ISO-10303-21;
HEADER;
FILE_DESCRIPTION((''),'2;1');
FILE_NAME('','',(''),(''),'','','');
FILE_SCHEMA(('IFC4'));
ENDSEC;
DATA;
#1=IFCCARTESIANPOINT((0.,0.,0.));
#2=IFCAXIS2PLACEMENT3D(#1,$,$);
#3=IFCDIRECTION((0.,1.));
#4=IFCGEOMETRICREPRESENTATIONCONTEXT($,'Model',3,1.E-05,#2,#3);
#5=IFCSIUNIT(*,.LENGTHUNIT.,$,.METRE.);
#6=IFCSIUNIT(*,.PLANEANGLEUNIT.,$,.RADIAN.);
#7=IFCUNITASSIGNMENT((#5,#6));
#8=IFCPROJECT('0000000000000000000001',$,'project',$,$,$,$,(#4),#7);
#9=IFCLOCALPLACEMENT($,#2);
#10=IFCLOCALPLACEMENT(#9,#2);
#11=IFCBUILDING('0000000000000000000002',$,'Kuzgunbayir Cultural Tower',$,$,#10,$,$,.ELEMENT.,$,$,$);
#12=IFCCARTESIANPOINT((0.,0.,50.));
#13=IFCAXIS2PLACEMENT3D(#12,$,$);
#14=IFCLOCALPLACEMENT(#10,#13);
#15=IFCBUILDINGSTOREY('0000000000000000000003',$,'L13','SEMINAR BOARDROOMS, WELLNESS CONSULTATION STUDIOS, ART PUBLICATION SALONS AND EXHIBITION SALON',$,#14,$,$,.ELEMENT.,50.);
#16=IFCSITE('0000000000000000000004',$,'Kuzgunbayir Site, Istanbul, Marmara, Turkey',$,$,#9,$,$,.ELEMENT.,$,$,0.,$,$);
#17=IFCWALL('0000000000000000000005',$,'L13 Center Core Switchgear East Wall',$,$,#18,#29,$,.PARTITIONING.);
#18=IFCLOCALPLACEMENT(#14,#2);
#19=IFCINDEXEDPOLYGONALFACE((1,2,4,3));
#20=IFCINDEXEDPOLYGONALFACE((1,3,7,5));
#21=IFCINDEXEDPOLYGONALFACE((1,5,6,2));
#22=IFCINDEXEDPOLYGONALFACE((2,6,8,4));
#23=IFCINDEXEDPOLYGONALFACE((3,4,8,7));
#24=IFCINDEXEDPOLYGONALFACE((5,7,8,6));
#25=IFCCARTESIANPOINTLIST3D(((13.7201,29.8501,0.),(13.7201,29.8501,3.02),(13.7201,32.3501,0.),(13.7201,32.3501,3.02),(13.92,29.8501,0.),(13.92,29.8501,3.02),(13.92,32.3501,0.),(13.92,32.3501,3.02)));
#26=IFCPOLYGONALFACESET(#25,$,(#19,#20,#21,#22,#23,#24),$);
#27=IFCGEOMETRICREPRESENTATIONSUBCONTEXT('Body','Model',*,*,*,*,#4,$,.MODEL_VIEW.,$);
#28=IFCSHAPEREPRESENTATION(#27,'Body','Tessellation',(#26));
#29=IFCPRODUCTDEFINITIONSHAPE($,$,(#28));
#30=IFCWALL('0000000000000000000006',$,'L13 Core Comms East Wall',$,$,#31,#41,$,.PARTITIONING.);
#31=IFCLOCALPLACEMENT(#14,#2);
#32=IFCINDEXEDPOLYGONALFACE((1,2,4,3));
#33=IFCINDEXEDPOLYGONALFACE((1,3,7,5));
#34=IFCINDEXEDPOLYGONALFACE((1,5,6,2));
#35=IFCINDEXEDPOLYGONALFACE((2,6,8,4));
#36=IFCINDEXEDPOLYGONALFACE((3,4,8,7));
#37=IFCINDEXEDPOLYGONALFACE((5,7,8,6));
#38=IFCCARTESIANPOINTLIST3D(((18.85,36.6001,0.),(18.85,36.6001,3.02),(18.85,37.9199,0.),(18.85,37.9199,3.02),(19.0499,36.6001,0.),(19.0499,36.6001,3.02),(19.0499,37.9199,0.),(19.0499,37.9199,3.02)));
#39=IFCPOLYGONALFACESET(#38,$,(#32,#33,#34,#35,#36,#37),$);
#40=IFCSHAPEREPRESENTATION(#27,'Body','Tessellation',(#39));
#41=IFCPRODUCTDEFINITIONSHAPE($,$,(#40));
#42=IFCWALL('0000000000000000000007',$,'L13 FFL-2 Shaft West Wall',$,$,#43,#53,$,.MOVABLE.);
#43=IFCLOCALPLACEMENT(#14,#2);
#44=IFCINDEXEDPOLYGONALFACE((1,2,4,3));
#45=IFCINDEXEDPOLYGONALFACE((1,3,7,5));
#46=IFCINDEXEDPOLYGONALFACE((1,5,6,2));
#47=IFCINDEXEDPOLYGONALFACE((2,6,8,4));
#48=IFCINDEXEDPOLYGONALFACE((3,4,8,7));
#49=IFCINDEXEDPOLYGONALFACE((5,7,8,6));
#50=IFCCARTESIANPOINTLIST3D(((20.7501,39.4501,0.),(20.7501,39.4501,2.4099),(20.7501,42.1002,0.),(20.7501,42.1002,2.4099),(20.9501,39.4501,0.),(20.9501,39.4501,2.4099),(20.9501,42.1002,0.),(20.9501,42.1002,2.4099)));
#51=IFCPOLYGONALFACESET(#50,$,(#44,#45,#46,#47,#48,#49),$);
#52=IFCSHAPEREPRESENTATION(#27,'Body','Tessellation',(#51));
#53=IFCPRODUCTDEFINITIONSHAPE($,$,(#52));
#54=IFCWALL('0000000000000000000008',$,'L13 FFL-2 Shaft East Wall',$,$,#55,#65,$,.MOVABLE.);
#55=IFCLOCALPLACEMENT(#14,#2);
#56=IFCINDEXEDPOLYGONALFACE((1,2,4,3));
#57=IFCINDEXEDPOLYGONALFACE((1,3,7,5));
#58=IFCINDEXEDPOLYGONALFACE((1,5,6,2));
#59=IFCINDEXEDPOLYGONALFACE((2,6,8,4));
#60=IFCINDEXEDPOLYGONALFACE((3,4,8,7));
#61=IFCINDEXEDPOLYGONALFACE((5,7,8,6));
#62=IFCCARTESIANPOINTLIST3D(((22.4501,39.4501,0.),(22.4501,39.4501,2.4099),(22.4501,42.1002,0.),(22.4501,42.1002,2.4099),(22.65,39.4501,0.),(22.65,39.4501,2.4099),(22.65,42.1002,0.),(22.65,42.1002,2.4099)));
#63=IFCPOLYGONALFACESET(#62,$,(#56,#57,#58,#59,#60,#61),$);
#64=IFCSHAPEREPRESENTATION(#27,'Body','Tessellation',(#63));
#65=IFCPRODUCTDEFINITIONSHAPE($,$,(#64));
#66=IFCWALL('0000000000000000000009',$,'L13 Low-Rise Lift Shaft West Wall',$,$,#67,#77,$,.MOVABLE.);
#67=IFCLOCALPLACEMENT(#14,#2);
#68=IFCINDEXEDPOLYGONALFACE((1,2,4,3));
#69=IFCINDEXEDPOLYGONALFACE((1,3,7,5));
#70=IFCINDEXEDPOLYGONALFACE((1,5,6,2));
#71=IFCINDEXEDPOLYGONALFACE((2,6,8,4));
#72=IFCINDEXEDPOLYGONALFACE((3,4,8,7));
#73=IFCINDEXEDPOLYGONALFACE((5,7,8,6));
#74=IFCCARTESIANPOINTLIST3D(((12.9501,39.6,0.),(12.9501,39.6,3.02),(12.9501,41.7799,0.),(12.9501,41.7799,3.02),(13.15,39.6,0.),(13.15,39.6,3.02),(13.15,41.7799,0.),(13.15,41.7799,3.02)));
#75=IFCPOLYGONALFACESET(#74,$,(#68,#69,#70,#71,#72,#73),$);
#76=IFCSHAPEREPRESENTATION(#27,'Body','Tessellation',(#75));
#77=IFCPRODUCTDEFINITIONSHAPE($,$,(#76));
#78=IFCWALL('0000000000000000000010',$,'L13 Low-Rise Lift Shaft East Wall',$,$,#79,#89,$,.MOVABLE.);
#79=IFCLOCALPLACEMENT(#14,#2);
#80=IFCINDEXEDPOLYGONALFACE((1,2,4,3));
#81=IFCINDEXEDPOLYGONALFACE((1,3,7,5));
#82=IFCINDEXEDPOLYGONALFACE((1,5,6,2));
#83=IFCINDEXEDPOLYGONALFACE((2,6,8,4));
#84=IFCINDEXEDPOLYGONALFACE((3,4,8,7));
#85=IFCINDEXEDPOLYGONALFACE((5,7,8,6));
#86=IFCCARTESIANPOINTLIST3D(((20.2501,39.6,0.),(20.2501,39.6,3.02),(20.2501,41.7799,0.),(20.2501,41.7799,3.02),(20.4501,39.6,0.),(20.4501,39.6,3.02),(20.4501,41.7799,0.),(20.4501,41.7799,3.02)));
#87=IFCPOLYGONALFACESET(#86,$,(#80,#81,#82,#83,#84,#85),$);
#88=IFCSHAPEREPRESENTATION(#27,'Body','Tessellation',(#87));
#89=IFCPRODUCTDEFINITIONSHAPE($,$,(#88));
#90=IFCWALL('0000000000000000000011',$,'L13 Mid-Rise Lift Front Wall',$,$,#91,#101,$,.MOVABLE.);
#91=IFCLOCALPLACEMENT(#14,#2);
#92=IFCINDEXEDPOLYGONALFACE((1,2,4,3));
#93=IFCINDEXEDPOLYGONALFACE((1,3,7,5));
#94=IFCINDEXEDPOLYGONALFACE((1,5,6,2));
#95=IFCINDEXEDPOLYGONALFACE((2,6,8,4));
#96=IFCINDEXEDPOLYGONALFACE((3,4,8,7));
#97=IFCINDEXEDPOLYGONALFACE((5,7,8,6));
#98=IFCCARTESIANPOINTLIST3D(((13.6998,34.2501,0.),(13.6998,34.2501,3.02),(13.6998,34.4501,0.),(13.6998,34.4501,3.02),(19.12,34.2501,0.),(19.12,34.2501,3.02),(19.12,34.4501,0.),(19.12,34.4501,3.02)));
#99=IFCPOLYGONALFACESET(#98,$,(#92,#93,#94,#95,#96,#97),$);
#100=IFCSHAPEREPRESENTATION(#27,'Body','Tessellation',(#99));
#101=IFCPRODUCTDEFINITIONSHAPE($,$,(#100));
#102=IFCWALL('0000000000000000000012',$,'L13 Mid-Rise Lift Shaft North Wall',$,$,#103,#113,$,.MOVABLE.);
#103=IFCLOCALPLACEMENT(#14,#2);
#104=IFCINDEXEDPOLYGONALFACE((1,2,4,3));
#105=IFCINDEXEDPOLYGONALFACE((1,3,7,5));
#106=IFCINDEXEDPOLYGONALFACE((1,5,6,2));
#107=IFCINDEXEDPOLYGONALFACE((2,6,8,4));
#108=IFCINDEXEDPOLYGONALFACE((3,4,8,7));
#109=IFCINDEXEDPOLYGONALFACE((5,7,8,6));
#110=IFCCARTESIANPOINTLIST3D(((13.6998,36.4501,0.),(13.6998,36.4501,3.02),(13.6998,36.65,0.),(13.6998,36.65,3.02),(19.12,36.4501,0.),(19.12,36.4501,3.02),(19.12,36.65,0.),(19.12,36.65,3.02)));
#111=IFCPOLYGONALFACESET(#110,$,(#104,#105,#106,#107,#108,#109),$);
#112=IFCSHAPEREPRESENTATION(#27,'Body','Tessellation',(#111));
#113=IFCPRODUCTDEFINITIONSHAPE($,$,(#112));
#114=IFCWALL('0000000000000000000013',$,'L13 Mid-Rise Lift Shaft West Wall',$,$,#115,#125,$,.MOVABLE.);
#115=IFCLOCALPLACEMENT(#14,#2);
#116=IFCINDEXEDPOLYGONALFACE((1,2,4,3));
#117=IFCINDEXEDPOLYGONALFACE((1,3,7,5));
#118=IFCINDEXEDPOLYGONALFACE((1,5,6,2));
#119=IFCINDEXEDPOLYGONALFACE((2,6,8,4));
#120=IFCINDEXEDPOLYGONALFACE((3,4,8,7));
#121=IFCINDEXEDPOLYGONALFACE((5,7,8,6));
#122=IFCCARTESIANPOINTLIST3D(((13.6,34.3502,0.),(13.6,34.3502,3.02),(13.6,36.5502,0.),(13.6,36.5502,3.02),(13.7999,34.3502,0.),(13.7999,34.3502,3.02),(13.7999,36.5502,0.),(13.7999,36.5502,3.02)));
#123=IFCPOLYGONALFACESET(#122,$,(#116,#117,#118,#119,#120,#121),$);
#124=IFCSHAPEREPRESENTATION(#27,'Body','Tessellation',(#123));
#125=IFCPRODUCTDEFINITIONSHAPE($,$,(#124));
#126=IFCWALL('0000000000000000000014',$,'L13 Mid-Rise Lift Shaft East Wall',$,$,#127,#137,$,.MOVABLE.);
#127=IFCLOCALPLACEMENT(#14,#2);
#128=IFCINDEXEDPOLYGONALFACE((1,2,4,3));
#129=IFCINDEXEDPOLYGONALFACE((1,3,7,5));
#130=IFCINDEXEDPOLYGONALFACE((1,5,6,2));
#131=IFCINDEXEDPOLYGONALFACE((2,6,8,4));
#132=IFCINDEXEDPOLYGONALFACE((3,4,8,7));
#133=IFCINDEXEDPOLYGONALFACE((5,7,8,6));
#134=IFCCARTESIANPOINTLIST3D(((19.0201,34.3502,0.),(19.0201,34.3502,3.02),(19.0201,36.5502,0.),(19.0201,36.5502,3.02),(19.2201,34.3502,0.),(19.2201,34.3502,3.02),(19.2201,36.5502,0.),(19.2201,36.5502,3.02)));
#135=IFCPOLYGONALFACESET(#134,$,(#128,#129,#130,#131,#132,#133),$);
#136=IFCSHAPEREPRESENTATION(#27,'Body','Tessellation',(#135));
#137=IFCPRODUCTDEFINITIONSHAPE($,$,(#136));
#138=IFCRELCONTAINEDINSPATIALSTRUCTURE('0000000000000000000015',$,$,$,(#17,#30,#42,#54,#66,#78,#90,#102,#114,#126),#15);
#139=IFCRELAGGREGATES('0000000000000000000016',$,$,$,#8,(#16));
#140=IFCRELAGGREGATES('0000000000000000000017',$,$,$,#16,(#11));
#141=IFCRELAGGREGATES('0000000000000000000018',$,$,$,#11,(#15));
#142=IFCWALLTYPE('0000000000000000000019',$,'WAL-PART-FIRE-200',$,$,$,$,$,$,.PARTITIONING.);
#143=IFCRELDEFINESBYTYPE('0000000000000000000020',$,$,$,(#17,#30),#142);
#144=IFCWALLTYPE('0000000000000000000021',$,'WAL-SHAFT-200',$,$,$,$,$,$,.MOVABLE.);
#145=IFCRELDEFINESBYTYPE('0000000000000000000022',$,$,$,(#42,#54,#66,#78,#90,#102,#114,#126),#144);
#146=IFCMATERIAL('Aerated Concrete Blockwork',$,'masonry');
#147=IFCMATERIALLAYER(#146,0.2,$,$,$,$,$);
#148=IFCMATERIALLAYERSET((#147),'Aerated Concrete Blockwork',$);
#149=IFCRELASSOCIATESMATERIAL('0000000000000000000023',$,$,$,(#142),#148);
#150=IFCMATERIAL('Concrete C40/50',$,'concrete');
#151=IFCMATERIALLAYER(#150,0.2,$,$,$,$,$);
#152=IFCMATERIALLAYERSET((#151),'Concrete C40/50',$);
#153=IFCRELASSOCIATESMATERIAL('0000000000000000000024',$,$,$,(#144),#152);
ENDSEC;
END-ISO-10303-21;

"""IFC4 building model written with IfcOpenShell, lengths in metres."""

from ifc_helpers import new_model, si_unit, direction, frame, frame_2d, origin, place, context, subcontext, project, spatial, rectangle, extrude, material, layer, layer_set, type_object, element, save


model = new_model("IFC4")

# Units and contexts
model_context = context("Model", 3, precision=1e-05, world=origin(), true_north=direction((0.0, 1.0)))
body_context = subcontext(model_context, "Body", "Model", "MODEL_VIEW")
ifc_project = project(units=[si_unit("LENGTHUNIT", "METRE"), si_unit("PLANEANGLEUNIT", "RADIAN")], contexts=[model_context])

# Site, building, storey
site_placement = place(None, origin())
site = spatial("IfcSite", under=ifc_project, at=site_placement, Name="Kuzgunbayir Site, Istanbul, Marmara, Turkey", CompositionType="ELEMENT", RefElevation=0.0)
building_placement = place(site_placement, origin())
building = spatial("IfcBuilding", under=site, at=building_placement, Name="Kuzgunbayir Cultural Tower", CompositionType="ELEMENT")
storey_placement = place(building_placement, frame((0.0, 0.0, 50.0)))
storey = spatial("IfcBuildingStorey", under=building, at=storey_placement, Name="L13", Description="SEMINAR BOARDROOMS, WELLNESS CONSULTATION STUDIOS, ART PUBLICATION SALONS AND EXHIBITION SALON", CompositionType="ELEMENT", Elevation=50.0)

# Shared definitions
ifc_material_1 = material(Name="Aerated Concrete Blockwork", Category="masonry")
ifc_layer_1 = layer(ifc_material_1, 0.2)
ifc_layer_set_1 = layer_set([ifc_layer_1], Name="Aerated Concrete Blockwork")
wall_type_1 = type_object("IfcWallType", Name="WAL-PART-FIRE-200", PredefinedType="PARTITIONING", material=ifc_layer_set_1)

# Walls
wall_1_placement = place(storey_placement, frame((13.8201, 29.8501, 0.0), z_axis=(0.0, 0.0, 1.0), x_axis=(0.0, 1.0, 0.0)))
element("IfcWall", 1, at=wall_1_placement, inside=storey, type_object=wall_type_1, Name="L13 Center Core Switchgear East Wall", PredefinedType="PARTITIONING", context=body_context, shape_type="SweptSolid", body=[
    extrude(rectangle(XDim=2.5, YDim=0.2, at=frame_2d((1.25, 0.0))), origin(), (0.0, 0.0, 1.0), 3.02),
])
wall_2_placement = place(storey_placement, frame((18.95, 36.6001, 0.0), z_axis=(0.0, 0.0, 1.0), x_axis=(0.0, 1.0, 0.0)))
element("IfcWall", 2, at=wall_2_placement, inside=storey, type_object=wall_type_1, Name="L13 Core Comms East Wall", PredefinedType="PARTITIONING", context=body_context, shape_type="SweptSolid", body=[
    extrude(rectangle(XDim=1.3198, YDim=0.2, at=frame_2d((0.6599, 0.0))), origin(), (0.0, 0.0, 1.0), 3.02),
])

# Shared definitions
ifc_material_2 = material(Name="Concrete C40/50", Category="concrete")
ifc_layer_2 = layer(ifc_material_2, 0.2)
ifc_layer_set_2 = layer_set([ifc_layer_2], Name="Concrete C40/50")
wall_type_2 = type_object("IfcWallType", Name="WAL-SHAFT-200", PredefinedType="MOVABLE", material=ifc_layer_set_2)

# Walls
for number, where, z_axis, x_axis, name in (
    (3, (20.8501, 39.45, 0.0), (0.0, 0.0, 1.0), (0.0, 1.0, 0.0), "L13 FFL-2 Shaft West Wall"),
    (4, (22.55, 39.45, 0.0), (0.0, 0.0, 1.0), (0.0, 1.0, 0.0), "L13 FFL-2 Shaft East Wall"),
):
    element("IfcWall", number, at=place(storey_placement, frame(where, z_axis=z_axis, x_axis=x_axis)), inside=storey, type_object=wall_type_2, Name=name, PredefinedType="MOVABLE", context=body_context, shape_type="SweptSolid", body=[
        extrude(rectangle(XDim=2.6501, YDim=0.2, at=frame_2d((1.3252, 0.0))), origin(), (0.0, 0.0, 1.0), 2.4099),
    ])
for number, where, z_axis, x_axis, name in (
    (5, (13.05, 39.6001, 0.0), (0.0, 0.0, 1.0), (0.0, 1.0, 0.0), "L13 Low-Rise Lift Shaft West Wall"),
    (6, (20.3501, 39.6001, 0.0), (0.0, 0.0, 1.0), (0.0, 1.0, 0.0), "L13 Low-Rise Lift Shaft East Wall"),
):
    element("IfcWall", number, at=place(storey_placement, frame(where, z_axis=z_axis, x_axis=x_axis)), inside=storey, type_object=wall_type_2, Name=name, PredefinedType="MOVABLE", context=body_context, shape_type="SweptSolid", body=[
        extrude(rectangle(XDim=2.1799, YDim=0.2, at=frame_2d((1.0898, 0.0))), origin(), (0.0, 0.0, 1.0), 3.02),
    ])
for number, where, z_axis, x_axis, name in (
    (7, (13.7, 34.3501, 0.0), (0.0, 0.0, 1.0), (1.0, 0.0, 0.0), "L13 Mid-Rise Lift Front Wall"),
    (8, (13.7, 36.55, 0.0), (0.0, 0.0, 1.0), (1.0, 0.0, 0.0), "L13 Mid-Rise Lift Shaft North Wall"),
):
    element("IfcWall", number, at=place(storey_placement, frame(where, z_axis=z_axis, x_axis=x_axis)), inside=storey, type_object=wall_type_2, Name=name, PredefinedType="MOVABLE", context=body_context, shape_type="SweptSolid", body=[
        extrude(rectangle(XDim=5.4202, YDim=0.2, at=frame_2d((2.71, 0.0))), origin(), (0.0, 0.0, 1.0), 3.02),
    ])
for number, where, z_axis, x_axis, name in (
    (9, (13.7, 34.3501, 0.0), (0.0, 0.0, 1.0), (0.0, 1.0, 0.0), "L13 Mid-Rise Lift Shaft West Wall"),
    (10, (19.1201, 34.3501, 0.0), (0.0, 0.0, 1.0), (0.0, 1.0, 0.0), "L13 Mid-Rise Lift Shaft East Wall"),
):
    element("IfcWall", number, at=place(storey_placement, frame(where, z_axis=z_axis, x_axis=x_axis)), inside=storey, type_object=wall_type_2, Name=name, PredefinedType="MOVABLE", context=body_context, shape_type="SweptSolid", body=[
        extrude(rectangle(XDim=2.2, YDim=0.2, at=frame_2d((1.1001, 0.0))), origin(), (0.0, 0.0, 1.0), 3.02),
    ])

save(model, "model.ifc")
